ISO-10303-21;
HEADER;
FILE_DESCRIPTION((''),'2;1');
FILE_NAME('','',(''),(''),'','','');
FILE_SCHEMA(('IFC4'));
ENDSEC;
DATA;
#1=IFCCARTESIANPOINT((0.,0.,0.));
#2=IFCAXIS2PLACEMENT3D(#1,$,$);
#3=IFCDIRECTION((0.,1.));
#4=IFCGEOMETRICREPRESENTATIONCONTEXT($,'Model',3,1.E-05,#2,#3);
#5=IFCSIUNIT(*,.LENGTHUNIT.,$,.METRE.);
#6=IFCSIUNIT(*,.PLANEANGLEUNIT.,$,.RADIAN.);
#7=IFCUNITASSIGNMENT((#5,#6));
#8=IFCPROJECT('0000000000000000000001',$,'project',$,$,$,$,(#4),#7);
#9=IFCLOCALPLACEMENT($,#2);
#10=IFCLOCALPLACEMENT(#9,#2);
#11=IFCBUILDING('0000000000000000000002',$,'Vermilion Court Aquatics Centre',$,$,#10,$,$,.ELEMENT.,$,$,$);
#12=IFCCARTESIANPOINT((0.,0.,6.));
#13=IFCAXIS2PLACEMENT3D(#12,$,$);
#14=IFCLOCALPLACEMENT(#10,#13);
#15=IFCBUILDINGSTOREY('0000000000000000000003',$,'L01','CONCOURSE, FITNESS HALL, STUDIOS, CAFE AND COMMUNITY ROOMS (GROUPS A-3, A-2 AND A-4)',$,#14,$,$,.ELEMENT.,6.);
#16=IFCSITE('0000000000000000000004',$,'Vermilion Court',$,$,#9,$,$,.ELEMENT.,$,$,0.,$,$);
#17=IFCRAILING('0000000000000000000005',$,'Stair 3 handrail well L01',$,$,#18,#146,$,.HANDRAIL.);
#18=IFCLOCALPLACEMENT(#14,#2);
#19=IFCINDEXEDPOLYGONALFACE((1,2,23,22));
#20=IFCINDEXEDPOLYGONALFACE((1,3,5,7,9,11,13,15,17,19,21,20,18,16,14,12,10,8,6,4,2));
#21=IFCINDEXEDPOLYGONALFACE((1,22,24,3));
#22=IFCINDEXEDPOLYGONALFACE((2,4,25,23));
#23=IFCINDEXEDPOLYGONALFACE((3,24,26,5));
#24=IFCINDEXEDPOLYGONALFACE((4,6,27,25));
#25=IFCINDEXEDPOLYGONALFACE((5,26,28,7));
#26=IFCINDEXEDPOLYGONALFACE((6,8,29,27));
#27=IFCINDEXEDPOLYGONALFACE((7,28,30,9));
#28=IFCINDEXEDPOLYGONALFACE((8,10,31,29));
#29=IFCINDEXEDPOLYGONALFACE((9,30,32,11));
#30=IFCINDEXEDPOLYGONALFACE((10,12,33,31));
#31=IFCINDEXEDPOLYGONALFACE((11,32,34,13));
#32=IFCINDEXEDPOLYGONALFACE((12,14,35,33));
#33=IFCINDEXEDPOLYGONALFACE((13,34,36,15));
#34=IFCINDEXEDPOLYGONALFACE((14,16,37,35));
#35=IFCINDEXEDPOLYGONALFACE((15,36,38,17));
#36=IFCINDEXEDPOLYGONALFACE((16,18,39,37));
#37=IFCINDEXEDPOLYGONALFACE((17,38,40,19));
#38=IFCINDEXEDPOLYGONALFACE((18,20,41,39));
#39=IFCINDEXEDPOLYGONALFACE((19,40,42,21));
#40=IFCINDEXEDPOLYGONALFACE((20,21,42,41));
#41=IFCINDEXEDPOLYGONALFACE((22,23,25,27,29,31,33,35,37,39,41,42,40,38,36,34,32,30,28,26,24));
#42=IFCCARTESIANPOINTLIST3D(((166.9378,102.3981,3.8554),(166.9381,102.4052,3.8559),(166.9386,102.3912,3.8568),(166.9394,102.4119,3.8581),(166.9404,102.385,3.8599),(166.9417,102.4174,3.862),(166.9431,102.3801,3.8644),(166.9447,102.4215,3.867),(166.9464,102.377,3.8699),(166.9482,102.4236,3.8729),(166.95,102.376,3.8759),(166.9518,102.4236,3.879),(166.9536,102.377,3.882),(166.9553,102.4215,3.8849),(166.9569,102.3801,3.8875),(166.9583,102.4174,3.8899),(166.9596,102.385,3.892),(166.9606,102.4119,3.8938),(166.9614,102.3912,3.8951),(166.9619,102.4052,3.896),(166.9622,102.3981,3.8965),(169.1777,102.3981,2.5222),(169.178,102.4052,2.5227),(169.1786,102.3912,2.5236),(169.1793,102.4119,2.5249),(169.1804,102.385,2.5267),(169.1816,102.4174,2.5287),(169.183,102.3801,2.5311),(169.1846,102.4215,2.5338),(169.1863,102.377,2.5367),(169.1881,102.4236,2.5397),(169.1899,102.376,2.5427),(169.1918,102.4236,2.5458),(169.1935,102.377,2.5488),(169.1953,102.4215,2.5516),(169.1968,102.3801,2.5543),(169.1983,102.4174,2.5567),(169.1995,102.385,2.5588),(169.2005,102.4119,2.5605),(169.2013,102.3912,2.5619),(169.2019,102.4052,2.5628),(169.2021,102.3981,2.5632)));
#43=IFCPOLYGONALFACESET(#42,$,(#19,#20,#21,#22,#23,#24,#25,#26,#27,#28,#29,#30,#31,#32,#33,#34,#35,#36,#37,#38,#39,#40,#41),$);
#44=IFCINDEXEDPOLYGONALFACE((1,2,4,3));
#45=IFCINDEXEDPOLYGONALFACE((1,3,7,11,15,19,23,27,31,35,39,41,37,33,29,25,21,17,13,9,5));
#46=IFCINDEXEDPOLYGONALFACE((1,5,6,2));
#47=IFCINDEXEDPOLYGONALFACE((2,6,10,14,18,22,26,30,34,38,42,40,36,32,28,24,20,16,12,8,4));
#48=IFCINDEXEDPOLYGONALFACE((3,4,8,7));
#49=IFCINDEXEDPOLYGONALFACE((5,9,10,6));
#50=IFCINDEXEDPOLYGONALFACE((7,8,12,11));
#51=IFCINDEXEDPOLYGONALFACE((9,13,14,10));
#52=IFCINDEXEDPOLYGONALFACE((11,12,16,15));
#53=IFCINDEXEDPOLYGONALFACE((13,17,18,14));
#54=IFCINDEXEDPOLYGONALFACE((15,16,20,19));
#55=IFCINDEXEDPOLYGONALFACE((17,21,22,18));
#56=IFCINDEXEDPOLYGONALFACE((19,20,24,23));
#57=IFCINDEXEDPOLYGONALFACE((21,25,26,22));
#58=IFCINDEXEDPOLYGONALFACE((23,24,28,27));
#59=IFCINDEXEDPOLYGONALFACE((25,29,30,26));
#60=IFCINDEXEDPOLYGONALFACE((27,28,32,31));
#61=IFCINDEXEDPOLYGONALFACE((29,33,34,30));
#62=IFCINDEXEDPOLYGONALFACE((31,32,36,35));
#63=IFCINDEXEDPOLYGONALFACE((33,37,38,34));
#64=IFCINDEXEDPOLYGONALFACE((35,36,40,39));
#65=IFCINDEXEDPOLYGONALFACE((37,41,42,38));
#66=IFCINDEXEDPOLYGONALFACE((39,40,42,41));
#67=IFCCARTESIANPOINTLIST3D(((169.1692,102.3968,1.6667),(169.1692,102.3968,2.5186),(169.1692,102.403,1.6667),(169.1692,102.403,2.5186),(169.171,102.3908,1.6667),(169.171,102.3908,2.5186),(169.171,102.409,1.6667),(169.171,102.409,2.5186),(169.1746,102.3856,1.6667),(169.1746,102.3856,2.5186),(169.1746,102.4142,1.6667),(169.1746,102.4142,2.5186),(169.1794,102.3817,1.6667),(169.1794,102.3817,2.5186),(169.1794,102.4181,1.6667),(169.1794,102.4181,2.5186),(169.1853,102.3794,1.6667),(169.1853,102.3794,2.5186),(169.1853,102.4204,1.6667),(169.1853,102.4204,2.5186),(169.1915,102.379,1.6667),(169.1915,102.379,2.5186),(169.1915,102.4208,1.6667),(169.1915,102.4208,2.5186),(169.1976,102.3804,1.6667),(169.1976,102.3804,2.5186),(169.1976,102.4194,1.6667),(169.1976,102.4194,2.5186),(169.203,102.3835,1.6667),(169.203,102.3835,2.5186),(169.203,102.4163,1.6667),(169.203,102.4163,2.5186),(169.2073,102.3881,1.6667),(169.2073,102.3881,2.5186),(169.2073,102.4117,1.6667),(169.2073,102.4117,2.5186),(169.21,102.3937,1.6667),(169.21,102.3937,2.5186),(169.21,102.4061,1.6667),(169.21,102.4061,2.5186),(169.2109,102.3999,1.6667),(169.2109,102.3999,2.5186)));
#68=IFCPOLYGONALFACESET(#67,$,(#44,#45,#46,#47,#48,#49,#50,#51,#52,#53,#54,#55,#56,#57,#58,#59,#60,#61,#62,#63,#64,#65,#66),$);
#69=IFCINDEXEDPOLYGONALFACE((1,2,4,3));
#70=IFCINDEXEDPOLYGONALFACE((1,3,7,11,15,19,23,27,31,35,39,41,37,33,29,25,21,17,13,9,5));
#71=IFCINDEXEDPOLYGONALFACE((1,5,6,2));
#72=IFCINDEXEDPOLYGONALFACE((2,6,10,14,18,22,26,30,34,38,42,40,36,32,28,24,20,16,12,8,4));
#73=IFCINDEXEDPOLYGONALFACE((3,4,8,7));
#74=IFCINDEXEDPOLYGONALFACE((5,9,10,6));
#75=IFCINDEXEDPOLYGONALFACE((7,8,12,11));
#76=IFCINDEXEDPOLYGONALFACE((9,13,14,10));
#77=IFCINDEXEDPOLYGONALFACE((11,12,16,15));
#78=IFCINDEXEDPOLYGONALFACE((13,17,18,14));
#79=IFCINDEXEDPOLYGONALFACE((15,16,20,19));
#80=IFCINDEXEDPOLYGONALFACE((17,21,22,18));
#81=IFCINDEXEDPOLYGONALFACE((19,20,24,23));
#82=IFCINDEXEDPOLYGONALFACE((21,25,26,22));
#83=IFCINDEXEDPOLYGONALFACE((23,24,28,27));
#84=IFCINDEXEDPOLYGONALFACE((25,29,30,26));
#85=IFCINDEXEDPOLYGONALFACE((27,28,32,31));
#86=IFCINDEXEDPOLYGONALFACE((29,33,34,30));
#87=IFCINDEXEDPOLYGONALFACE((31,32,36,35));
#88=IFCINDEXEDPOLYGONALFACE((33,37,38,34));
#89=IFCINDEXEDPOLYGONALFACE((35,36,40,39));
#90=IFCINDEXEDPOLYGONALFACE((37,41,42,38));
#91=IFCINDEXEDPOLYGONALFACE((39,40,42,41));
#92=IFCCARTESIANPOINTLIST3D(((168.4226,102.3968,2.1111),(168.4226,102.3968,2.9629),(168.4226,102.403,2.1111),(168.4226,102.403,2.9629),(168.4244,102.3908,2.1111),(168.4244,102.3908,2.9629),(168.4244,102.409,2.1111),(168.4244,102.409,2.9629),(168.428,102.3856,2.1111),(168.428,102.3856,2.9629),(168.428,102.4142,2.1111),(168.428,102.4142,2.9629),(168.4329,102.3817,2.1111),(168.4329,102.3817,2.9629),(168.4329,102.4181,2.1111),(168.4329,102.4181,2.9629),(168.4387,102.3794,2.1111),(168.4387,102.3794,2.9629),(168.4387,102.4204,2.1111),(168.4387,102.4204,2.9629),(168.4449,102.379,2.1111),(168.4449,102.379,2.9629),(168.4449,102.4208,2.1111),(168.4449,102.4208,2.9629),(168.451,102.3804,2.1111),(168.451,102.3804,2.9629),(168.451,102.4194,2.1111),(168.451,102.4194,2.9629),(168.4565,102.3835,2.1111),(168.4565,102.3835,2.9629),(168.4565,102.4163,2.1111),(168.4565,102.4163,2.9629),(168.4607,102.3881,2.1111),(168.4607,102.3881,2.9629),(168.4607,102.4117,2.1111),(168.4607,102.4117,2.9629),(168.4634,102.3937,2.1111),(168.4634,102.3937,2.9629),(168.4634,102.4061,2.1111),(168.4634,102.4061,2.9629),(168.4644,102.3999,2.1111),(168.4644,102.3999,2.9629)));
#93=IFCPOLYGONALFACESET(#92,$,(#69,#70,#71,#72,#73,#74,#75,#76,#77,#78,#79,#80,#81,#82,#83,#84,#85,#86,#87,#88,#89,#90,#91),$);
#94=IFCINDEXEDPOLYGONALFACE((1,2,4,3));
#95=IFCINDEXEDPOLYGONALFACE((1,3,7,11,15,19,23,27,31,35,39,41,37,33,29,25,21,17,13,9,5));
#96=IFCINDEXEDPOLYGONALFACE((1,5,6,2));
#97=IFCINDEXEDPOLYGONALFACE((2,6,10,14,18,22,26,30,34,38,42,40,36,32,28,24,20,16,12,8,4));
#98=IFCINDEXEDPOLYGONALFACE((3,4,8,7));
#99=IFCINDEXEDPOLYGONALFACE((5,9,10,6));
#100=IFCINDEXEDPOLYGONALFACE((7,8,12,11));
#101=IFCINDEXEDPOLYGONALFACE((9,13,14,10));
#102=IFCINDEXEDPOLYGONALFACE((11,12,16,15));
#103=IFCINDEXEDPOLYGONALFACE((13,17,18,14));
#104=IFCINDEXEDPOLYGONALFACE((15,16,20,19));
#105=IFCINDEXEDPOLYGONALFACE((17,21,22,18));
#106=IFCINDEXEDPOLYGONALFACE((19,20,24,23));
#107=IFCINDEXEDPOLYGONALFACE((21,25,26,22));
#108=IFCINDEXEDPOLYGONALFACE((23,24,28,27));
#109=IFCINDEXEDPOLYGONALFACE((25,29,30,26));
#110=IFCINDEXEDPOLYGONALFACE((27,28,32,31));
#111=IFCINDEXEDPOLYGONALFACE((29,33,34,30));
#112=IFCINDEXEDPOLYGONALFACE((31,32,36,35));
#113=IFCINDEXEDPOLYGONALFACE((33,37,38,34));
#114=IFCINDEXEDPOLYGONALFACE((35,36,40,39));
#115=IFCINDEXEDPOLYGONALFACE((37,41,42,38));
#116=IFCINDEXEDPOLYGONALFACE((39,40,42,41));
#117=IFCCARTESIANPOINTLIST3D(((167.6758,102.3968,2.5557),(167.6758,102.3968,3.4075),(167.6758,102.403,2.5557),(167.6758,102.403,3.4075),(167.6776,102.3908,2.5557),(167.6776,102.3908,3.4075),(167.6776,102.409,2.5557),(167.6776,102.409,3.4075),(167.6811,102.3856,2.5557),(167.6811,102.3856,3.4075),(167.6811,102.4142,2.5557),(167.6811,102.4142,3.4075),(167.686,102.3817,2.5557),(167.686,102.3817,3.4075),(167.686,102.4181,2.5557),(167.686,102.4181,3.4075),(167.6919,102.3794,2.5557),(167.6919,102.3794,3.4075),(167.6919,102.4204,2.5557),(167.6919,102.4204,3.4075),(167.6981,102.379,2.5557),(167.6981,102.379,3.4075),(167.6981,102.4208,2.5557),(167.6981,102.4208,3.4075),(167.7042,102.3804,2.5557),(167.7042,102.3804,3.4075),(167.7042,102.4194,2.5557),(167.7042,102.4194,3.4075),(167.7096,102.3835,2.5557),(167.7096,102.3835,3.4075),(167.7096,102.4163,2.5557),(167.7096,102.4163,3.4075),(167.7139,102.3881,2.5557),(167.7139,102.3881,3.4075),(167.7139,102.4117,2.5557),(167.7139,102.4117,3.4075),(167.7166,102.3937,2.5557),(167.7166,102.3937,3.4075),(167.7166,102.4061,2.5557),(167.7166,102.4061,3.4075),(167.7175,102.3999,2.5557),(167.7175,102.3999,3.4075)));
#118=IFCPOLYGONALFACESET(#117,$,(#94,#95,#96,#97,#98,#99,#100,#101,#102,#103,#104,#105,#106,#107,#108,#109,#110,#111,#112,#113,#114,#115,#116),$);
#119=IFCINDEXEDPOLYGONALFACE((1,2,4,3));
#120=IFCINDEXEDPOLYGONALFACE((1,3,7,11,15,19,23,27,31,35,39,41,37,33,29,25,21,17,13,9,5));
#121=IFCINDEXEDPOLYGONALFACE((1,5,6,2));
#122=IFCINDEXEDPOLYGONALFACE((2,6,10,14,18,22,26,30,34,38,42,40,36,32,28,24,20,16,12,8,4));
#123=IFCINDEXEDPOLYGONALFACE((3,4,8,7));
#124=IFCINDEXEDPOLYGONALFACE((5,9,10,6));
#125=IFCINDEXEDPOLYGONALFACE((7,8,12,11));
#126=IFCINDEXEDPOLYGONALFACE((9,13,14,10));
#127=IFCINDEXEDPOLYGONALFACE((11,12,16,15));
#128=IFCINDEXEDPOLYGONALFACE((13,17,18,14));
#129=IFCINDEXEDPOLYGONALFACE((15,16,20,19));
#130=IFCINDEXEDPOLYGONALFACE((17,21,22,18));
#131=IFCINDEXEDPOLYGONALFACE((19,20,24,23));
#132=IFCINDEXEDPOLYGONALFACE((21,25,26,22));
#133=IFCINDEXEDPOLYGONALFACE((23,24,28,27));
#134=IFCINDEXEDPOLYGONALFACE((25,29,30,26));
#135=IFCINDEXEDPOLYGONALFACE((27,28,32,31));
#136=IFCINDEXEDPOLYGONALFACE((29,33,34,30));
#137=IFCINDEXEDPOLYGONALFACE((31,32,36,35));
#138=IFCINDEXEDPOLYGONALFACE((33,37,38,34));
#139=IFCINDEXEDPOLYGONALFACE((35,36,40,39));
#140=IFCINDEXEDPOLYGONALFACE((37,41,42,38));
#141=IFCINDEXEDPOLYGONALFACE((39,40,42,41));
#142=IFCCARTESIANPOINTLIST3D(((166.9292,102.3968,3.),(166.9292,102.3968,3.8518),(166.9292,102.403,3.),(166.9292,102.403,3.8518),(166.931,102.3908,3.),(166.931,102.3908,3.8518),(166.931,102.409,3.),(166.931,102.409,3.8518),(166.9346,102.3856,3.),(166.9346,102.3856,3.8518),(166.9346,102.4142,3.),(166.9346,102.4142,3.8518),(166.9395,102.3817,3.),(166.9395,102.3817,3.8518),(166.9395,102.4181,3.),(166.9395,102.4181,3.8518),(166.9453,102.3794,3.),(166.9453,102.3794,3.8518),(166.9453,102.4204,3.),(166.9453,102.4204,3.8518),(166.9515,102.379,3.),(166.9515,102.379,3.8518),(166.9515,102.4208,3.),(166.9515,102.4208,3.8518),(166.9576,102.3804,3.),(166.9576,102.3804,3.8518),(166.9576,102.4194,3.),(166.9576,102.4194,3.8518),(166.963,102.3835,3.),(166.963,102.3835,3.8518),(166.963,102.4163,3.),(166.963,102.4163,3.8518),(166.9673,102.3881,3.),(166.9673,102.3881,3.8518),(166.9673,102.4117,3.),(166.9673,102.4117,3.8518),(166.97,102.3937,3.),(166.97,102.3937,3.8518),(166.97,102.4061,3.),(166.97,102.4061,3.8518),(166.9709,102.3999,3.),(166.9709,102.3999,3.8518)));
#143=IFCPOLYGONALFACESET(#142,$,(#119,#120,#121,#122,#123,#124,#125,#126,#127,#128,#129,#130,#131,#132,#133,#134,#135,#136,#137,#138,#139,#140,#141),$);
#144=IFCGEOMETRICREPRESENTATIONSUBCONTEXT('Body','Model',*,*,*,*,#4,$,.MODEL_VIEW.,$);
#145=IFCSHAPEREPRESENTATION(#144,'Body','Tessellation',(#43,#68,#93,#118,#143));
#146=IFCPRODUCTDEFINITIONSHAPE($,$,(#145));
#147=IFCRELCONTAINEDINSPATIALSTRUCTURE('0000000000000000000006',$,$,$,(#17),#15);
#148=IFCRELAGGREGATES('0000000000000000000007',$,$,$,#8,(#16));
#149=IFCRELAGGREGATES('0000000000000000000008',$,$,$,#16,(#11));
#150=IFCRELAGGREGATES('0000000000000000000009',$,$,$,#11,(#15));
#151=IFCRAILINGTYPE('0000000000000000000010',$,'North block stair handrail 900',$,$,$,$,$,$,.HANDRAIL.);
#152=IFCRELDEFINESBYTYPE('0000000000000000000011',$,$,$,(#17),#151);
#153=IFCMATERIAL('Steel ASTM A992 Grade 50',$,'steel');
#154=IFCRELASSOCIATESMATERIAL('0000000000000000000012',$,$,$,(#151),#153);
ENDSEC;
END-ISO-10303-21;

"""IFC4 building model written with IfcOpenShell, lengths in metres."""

from ifc_helpers import new_model, si_unit, direction, frame, origin, origin_2d, place, context, subcontext, project, spatial, circle, extrude, material, type_object, element, save


model = new_model("IFC4")

# Units and contexts
model_context = context("Model", 3, precision=1e-05, world=origin(), true_north=direction((0.0, 1.0)))
body_context = subcontext(model_context, "Body", "Model", "MODEL_VIEW")
ifc_project = project(units=[si_unit("LENGTHUNIT", "METRE"), si_unit("PLANEANGLEUNIT", "RADIAN")], contexts=[model_context])

# Site, building, storey
site_placement = place(None, origin())
site = spatial("IfcSite", under=ifc_project, at=site_placement, Name="Vermilion Court", CompositionType="ELEMENT", RefElevation=0.0)
building_placement = place(site_placement, origin())
building = spatial("IfcBuilding", under=site, at=building_placement, Name="Vermilion Court Aquatics Centre", CompositionType="ELEMENT")
storey_placement = place(building_placement, frame((0.0, 0.0, 6.0)))
storey = spatial("IfcBuildingStorey", under=building, at=storey_placement, Name="L01", Description="CONCOURSE, FITNESS HALL, STUDIOS, CAFE AND COMMUNITY ROOMS (GROUPS A-3, A-2 AND A-4)", CompositionType="ELEMENT", Elevation=6.0)

# Railing
ifc_material_1 = material(Name="Steel ASTM A992 Grade 50", Category="steel")
railing_type_1 = type_object("IfcRailingType", Name="North block stair handrail 900", PredefinedType="HANDRAIL", material=ifc_material_1)
railing_1_placement = place(storey_placement, frame((169.1899, 102.3999, 1.6667)))
element("IfcRailing", 1, at=railing_1_placement, inside=storey, type_object=railing_type_1, Name="Stair 3 handrail well L01", PredefinedType="HANDRAIL", context=body_context, shape_type="SweptSolid", body=[
    extrude(circle(Radius=0.0239, at=origin_2d()), frame((0.0, 0.0, 0.876), z_axis=(-0.859306, 0.0, 0.511462), x_axis=(0.0, -1.0, 0.0)), (0.0, 0.0, 1.0), 2.6067),
    extrude(circle(Radius=0.021, at=origin_2d()), origin(), (0.0, 0.0, 1.0), 0.8518),
    extrude(circle(Radius=0.021, at=origin_2d()), frame((-0.7466, 0.0, 0.4443)), (0.0, 0.0, 1.0), 0.8518),
    extrude(circle(Radius=0.021, at=origin_2d()), frame((-1.4934, 0.0, 0.8889)), (0.0, 0.0, 1.0), 0.8518),
    extrude(circle(Radius=0.021, at=origin_2d()), frame((-2.24, 0.0, 1.3333)), (0.0, 0.0, 1.0), 0.8518),
])

save(model, "model.ifc")
